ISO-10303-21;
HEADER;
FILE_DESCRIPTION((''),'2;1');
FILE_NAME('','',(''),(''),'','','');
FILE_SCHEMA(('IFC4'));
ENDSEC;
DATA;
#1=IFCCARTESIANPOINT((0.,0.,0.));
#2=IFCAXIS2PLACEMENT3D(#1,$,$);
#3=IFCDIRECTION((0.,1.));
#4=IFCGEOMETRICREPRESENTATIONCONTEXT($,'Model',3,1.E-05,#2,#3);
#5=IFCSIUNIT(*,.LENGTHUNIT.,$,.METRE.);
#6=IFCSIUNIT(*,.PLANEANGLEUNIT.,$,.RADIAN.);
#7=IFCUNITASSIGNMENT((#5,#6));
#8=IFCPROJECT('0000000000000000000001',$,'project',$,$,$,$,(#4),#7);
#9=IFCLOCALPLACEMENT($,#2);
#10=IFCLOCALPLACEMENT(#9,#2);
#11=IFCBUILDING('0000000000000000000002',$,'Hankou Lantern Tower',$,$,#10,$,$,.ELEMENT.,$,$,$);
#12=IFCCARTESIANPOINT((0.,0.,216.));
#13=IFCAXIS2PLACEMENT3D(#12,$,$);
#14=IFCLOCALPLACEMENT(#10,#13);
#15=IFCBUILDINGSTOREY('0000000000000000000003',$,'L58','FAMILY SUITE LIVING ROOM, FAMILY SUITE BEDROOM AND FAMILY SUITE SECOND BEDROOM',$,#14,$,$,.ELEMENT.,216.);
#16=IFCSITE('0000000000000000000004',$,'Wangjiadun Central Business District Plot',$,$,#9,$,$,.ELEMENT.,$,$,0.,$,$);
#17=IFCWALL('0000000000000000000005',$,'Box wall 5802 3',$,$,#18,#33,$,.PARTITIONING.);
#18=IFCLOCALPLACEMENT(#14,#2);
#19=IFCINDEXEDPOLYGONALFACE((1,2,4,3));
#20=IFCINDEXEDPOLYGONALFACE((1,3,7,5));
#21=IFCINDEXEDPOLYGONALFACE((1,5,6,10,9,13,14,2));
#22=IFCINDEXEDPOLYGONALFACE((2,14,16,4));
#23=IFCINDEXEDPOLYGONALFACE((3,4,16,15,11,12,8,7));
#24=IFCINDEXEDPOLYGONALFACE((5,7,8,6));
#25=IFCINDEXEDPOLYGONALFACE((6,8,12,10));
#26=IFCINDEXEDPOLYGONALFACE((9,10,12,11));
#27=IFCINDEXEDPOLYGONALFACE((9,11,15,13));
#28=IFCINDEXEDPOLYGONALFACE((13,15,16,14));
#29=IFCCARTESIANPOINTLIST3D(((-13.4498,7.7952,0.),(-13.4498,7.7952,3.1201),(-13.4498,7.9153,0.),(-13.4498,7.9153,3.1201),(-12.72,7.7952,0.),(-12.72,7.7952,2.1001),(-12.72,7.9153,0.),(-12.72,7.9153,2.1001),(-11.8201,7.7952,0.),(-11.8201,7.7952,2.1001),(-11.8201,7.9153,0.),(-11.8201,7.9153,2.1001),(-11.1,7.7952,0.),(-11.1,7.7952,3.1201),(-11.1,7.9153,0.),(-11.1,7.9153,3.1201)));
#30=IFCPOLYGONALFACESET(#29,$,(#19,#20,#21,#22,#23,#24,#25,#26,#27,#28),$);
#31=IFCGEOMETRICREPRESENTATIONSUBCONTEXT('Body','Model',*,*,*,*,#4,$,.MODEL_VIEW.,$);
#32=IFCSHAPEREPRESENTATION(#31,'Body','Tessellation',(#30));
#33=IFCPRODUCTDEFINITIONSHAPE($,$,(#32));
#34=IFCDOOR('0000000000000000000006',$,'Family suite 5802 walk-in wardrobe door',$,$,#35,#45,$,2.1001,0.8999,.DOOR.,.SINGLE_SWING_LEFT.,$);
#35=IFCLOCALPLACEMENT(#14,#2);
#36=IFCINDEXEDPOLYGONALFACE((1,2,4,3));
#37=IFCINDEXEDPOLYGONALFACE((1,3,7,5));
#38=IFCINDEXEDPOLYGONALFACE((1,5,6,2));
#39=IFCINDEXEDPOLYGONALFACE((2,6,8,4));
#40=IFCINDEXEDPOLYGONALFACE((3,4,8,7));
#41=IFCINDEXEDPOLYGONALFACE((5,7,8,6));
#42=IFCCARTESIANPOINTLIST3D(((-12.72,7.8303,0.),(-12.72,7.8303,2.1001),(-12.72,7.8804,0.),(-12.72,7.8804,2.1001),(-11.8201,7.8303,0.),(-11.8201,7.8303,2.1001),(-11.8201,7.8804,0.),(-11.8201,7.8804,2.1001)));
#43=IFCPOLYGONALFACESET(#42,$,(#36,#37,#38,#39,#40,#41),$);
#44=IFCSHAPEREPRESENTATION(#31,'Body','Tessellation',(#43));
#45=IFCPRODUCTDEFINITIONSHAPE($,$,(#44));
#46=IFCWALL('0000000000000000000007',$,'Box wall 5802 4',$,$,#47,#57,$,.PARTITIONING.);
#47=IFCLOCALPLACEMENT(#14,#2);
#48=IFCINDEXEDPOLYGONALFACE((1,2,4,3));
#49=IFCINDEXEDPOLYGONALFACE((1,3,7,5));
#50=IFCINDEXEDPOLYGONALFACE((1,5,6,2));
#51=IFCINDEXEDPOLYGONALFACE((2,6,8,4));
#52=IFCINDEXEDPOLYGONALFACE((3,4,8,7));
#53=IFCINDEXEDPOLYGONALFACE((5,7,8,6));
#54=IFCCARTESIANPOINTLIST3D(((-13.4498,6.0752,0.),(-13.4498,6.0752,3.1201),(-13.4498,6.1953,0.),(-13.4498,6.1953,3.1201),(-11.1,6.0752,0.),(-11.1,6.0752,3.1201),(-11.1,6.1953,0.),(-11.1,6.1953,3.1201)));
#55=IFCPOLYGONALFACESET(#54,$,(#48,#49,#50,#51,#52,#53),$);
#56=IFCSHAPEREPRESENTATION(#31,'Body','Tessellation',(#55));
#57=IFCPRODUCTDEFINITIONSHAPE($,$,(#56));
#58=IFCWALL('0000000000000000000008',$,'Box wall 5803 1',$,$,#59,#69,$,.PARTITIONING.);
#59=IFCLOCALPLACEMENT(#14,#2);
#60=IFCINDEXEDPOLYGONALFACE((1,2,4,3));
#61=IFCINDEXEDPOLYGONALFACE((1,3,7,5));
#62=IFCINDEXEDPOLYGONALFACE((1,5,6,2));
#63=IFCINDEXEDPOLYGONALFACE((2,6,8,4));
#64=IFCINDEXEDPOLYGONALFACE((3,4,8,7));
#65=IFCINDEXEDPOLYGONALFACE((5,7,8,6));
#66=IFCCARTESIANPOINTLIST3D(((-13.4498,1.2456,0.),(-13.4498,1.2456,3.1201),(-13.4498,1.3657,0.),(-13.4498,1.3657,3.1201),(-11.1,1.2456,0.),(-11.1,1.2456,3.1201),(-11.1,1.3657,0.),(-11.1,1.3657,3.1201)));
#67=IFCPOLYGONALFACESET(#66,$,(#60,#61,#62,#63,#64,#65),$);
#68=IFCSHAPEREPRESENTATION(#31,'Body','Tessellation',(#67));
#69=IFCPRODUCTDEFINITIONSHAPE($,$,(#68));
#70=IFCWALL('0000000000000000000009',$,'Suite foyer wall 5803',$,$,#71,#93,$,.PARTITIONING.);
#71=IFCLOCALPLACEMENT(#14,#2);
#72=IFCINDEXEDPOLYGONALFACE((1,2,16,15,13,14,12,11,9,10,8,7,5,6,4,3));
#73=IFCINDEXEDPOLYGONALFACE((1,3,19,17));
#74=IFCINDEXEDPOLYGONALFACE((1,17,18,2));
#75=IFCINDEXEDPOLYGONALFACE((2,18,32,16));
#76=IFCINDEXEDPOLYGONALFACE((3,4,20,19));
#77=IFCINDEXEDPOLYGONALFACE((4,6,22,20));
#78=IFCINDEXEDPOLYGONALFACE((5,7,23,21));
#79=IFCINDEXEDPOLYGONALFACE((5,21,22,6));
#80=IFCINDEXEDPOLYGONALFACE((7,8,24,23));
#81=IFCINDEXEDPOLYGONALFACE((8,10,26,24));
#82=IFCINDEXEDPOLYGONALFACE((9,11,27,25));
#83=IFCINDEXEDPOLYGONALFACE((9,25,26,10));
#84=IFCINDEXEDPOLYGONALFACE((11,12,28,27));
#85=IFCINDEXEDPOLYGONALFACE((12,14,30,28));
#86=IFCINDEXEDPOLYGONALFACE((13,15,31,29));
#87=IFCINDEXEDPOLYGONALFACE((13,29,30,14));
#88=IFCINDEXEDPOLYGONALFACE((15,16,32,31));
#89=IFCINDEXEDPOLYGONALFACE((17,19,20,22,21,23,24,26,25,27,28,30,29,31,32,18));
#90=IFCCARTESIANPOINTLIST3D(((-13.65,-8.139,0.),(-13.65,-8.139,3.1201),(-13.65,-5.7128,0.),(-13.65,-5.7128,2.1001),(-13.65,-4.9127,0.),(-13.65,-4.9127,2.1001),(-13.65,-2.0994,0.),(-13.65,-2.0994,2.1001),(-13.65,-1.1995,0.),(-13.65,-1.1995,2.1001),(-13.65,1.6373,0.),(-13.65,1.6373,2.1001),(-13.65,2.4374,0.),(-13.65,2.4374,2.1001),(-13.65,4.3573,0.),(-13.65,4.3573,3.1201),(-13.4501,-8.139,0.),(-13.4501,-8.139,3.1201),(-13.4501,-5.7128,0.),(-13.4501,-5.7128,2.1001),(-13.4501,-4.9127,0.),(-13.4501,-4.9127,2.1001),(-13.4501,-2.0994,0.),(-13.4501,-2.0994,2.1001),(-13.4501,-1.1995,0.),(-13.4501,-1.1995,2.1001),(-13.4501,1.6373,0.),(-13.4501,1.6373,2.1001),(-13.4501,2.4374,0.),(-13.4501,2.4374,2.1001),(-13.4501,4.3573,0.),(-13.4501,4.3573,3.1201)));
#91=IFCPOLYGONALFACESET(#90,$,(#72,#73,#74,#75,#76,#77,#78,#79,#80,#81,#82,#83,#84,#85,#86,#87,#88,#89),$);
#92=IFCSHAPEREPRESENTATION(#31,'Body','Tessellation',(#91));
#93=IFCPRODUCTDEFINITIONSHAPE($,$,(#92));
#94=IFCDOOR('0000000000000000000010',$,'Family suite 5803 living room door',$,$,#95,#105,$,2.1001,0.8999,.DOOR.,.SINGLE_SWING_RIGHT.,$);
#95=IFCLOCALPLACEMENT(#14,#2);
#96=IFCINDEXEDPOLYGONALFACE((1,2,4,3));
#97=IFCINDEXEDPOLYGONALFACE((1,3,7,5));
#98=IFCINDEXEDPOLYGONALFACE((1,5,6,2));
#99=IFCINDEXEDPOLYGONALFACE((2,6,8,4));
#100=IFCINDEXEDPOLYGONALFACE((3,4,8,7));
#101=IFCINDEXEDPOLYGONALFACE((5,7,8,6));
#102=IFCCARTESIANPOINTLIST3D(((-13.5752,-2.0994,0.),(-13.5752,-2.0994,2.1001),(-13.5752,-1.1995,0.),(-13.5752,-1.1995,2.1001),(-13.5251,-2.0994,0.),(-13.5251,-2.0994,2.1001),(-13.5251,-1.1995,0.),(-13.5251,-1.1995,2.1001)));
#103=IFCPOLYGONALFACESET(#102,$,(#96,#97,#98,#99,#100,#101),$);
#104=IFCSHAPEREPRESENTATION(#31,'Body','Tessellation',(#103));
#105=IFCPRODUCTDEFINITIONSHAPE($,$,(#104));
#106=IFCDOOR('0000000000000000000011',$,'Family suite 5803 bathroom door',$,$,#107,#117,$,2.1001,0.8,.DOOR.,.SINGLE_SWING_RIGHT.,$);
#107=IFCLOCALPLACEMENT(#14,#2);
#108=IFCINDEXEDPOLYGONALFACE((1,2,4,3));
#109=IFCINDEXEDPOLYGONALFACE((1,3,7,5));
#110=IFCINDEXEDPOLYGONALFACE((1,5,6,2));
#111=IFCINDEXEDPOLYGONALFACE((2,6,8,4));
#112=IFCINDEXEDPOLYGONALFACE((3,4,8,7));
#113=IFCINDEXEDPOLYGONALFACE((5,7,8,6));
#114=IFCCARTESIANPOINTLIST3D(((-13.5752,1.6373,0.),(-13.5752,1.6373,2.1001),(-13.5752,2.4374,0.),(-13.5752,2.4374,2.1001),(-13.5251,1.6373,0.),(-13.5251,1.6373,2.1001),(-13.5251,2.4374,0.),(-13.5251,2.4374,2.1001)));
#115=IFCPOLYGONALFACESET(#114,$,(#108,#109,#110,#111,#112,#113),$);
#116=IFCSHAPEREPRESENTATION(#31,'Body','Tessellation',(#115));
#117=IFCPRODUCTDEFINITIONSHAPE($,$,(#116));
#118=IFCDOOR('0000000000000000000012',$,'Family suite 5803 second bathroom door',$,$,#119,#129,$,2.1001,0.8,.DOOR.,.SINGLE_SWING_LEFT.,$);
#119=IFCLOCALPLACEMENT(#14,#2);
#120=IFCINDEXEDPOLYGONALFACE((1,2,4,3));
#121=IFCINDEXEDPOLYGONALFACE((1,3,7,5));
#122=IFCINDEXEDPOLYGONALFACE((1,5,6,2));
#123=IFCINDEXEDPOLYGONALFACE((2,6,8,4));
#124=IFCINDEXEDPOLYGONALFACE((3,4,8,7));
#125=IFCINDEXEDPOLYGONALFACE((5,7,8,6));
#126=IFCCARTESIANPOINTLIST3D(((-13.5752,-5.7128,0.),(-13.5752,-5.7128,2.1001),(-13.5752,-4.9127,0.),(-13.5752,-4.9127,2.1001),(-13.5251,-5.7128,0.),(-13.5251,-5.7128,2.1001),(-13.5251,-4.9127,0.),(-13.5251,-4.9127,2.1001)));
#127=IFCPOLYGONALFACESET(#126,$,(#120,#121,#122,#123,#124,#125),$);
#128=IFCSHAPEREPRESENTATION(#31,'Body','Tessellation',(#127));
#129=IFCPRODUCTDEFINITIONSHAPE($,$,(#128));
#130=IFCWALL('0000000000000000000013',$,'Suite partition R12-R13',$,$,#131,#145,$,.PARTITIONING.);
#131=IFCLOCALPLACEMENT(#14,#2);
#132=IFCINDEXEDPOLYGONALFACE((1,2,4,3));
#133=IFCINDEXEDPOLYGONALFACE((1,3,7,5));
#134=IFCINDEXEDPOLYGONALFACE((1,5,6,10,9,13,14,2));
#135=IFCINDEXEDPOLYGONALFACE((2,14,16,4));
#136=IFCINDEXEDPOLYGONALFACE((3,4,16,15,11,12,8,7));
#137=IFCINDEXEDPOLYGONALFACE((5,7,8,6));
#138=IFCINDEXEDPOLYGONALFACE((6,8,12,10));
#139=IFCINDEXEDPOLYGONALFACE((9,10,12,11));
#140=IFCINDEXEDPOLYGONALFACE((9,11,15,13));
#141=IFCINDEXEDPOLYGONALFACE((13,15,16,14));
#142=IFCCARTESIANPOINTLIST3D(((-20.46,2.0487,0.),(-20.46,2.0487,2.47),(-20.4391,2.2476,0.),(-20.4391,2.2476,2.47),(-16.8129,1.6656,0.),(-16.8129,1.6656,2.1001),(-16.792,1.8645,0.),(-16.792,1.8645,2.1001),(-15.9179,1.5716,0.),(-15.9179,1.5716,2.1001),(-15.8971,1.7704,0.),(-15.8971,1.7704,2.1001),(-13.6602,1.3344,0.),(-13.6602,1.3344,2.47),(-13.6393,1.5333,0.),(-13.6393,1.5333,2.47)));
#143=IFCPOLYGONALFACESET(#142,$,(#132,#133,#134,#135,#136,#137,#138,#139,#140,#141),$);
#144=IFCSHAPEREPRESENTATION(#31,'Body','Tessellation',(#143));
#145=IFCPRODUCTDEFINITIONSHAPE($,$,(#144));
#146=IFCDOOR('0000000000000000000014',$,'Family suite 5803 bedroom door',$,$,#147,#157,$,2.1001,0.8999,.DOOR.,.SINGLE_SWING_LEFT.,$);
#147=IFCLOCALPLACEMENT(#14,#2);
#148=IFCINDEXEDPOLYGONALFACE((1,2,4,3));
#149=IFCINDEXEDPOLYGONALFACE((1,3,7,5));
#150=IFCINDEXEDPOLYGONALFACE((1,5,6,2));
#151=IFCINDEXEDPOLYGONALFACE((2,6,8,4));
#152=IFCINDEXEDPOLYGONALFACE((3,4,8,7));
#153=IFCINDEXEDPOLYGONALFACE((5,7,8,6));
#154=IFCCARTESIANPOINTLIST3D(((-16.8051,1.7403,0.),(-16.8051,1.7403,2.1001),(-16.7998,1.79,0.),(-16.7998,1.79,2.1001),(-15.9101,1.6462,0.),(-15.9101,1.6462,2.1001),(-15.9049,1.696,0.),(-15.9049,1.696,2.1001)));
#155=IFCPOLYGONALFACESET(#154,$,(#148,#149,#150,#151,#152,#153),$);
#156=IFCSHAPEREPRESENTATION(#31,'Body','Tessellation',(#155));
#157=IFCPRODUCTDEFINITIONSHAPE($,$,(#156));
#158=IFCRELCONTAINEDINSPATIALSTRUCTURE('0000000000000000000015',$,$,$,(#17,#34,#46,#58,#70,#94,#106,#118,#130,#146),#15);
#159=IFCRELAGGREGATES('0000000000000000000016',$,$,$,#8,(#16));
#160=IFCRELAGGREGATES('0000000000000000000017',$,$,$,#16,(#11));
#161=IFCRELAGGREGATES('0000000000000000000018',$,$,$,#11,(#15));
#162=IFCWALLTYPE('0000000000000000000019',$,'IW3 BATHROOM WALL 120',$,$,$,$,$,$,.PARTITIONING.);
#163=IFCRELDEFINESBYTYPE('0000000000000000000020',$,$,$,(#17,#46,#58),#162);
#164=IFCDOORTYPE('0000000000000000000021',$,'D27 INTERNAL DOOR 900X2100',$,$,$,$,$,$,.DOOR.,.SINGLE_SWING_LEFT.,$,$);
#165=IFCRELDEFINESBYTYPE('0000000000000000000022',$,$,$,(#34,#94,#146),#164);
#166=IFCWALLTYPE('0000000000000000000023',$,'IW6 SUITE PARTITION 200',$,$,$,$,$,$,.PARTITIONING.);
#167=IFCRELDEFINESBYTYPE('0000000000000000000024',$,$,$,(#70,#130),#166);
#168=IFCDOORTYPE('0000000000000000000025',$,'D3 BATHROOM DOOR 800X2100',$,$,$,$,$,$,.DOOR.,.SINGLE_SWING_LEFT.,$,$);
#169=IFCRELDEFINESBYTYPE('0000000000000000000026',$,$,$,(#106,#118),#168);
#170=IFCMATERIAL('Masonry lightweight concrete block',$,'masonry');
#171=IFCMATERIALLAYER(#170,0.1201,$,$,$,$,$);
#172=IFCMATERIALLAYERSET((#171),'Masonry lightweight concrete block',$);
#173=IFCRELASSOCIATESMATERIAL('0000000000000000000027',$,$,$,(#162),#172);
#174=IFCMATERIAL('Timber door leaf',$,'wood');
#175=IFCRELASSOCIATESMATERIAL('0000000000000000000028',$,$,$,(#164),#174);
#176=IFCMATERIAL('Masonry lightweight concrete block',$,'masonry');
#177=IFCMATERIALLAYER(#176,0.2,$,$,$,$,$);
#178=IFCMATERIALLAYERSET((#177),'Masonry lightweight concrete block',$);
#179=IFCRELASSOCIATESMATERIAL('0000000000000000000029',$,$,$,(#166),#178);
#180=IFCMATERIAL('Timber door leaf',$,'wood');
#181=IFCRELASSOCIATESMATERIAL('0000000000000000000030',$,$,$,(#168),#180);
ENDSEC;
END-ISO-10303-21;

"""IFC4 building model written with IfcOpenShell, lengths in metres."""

from ifc_helpers import new_model, si_unit, direction, frame, frame_2d, origin, place, context, subcontext, project, spatial, rectangle, extrude, material, layer, layer_set, type_object, element, fill, save


model = new_model("IFC4")

# Units and contexts
model_context = context("Model", 3, precision=1e-05, world=origin(), true_north=direction((0.0, 1.0)))
body_context = subcontext(model_context, "Body", "Model", "MODEL_VIEW")
ifc_project = project(units=[si_unit("LENGTHUNIT", "METRE"), si_unit("PLANEANGLEUNIT", "RADIAN")], contexts=[model_context])

# Site, building, storey
site_placement = place(None, origin())
site = spatial("IfcSite", under=ifc_project, at=site_placement, Name="Wangjiadun Central Business District Plot", CompositionType="ELEMENT", RefElevation=0.0)
building_placement = place(site_placement, origin())
building = spatial("IfcBuilding", under=site, at=building_placement, Name="Hankou Lantern Tower", CompositionType="ELEMENT")
storey_placement = place(building_placement, frame((0.0, 0.0, 216.0)))
storey = spatial("IfcBuildingStorey", under=building, at=storey_placement, Name="L58", Description="FAMILY SUITE LIVING ROOM, FAMILY SUITE BEDROOM AND FAMILY SUITE SECOND BEDROOM", CompositionType="ELEMENT", Elevation=216.0)

# Wall, opening, door
ifc_material_1 = material(Name="Masonry lightweight concrete block", Category="masonry")
ifc_layer_1 = layer(ifc_material_1, 0.1201)
ifc_layer_set_1 = layer_set([ifc_layer_1], Name="Masonry lightweight concrete block")
wall_type_1 = type_object("IfcWallType", Name="IW3 BATHROOM WALL 120", PredefinedType="PARTITIONING", material=ifc_layer_set_1)
wall_1_placement = place(storey_placement, frame((-11.1001, 7.8552, 0.0), z_axis=(0.0, 0.0, 1.0), x_axis=(-1.0, 0.0, 0.0)))
wall_1 = element("IfcWall", 1, at=wall_1_placement, inside=storey, type_object=wall_type_1, Name="Box wall 5802 3", PredefinedType="PARTITIONING", context=body_context, shape_type="SweptSolid", body=[
    extrude(rectangle(XDim=2.3499, YDim=0.1201, at=frame_2d((1.1748, 0.0))), origin(), (0.0, 0.0, 1.0), 3.1201),
])
opening_1_placement = place(wall_1_placement, frame((0.72, 0.0, 0.0)))
opening_1 = element("IfcOpeningElement", 2, at=opening_1_placement, cuts=wall_1, PredefinedType="OPENING", context=body_context, shape_type="SweptSolid", body=[
    extrude(rectangle(XDim=0.8999, YDim=2.1001, at=frame_2d((0.45, 1.05))), frame((0.0, 0.0701, 0.0), z_axis=(0.0, -1.0, 0.0), x_axis=(1.0, 0.0, 0.0)), (0.0, 0.0, 1.0), 0.1401),
])
ifc_material_2 = material(Name="Timber door leaf", Category="wood")
door_type_1 = type_object("IfcDoorType", Name="D27 INTERNAL DOOR 900X2100", OperationType="SINGLE_SWING_LEFT", PredefinedType="DOOR", material=ifc_material_2)
door_1_placement = place(opening_1_placement, origin())
door_1 = element("IfcDoor", 3, at=door_1_placement, inside=storey, type_object=door_type_1, Name="Family suite 5802 walk-in wardrobe door", OperationType="SINGLE_SWING_LEFT", OverallHeight=2.1001, OverallWidth=0.8999, PredefinedType="DOOR", context=body_context, shape_type="SweptSolid", body=[
    extrude(rectangle(XDim=0.8999, YDim=2.1001, at=frame_2d((0.45, 1.05))), frame((0.0, 0.0249, 0.0), z_axis=(0.0, -1.0, 0.0), x_axis=(1.0, 0.0, 0.0)), (0.0, 0.0, 1.0), 0.05),
])
fill(opening_1, door_1)

# Walls
for number, where, z_axis, x_axis, name in (
    (4, (-11.1001, 6.1353, 0.0), (0.0, 0.0, 1.0), (-1.0, 0.0, 0.0), "Box wall 5802 4"),
    (5, (-11.1001, 1.3057, 0.0), (0.0, 0.0, 1.0), (-1.0, 0.0, 0.0), "Box wall 5803 1"),
):
    element("IfcWall", number, at=place(storey_placement, frame(where, z_axis=z_axis, x_axis=x_axis)), inside=storey, type_object=wall_type_1, Name=name, PredefinedType="PARTITIONING", context=body_context, shape_type="SweptSolid", body=[
        extrude(rectangle(XDim=2.3499, YDim=0.1201, at=frame_2d((1.1748, 0.0))), origin(), (0.0, 0.0, 1.0), 3.1201),
    ])

# Wall, openings, doors
ifc_material_3 = material(Name="Masonry lightweight concrete block", Category="masonry")
ifc_layer_2 = layer(ifc_material_3, 0.2)
ifc_layer_set_2 = layer_set([ifc_layer_2], Name="Masonry lightweight concrete block")
wall_type_2 = type_object("IfcWallType", Name="IW6 SUITE PARTITION 200", PredefinedType="PARTITIONING", material=ifc_layer_set_2)
wall_2_placement = place(storey_placement, frame((-13.55, 4.3572, 0.0), z_axis=(0.0, 0.0, 1.0), x_axis=(0.0, -1.0, 0.0)))
wall_2 = element("IfcWall", 6, at=wall_2_placement, inside=storey, type_object=wall_type_2, Name="Suite foyer wall 5803", PredefinedType="PARTITIONING", context=body_context, shape_type="SweptSolid", body=[
    extrude(rectangle(XDim=12.4963, YDim=0.2, at=frame_2d((6.248, 0.0))), origin(), (0.0, 0.0, 1.0), 3.1201),
])
opening_2_placement = place(wall_2_placement, frame((1.9199, 0.0, 0.0)))
opening_2 = element("IfcOpeningElement", 7, at=opening_2_placement, cuts=wall_2, PredefinedType="OPENING", context=body_context, shape_type="SweptSolid", body=[
    extrude(rectangle(XDim=0.8, YDim=2.1001, at=frame_2d((0.3999, 1.05))), frame((0.0, 0.1099, 0.0), z_axis=(0.0, -1.0, 0.0), x_axis=(1.0, 0.0, 0.0)), (0.0, 0.0, 1.0), 0.22),
])
opening_3_placement = place(wall_2_placement, frame((9.27, 0.0, 0.0)))
opening_3 = element("IfcOpeningElement", 8, at=opening_3_placement, cuts=wall_2, PredefinedType="OPENING", context=body_context, shape_type="SweptSolid", body=[
    extrude(rectangle(XDim=0.8, YDim=2.1001, at=frame_2d((0.3999, 1.05))), frame((0.0, 0.1099, 0.0), z_axis=(0.0, -1.0, 0.0), x_axis=(1.0, 0.0, 0.0)), (0.0, 0.0, 1.0), 0.22),
])
opening_4_placement = place(wall_2_placement, frame((5.5566, 0.0, 0.0)))
opening_4 = element("IfcOpeningElement", 9, at=opening_4_placement, cuts=wall_2, PredefinedType="OPENING", context=body_context, shape_type="SweptSolid", body=[
    extrude(rectangle(XDim=0.8999, YDim=2.1001, at=frame_2d((0.45, 1.05))), frame((0.0, 0.1099, 0.0), z_axis=(0.0, -1.0, 0.0), x_axis=(1.0, 0.0, 0.0)), (0.0, 0.0, 1.0), 0.22),
])
door_2_placement = place(opening_4_placement, origin())
door_2 = element("IfcDoor", 10, at=door_2_placement, inside=storey, type_object=door_type_1, Name="Family suite 5803 living room door", OperationType="SINGLE_SWING_RIGHT", OverallHeight=2.1001, OverallWidth=0.8999, PredefinedType="DOOR", context=body_context, shape_type="SweptSolid", body=[
    extrude(rectangle(XDim=0.8999, YDim=2.1001, at=frame_2d((0.45, 1.05))), frame((0.0, 0.0249, 0.0), z_axis=(0.0, -1.0, 0.0), x_axis=(1.0, 0.0, 0.0)), (0.0, 0.0, 1.0), 0.05),
])
fill(opening_4, door_2)
ifc_material_4 = material(Name="Timber door leaf", Category="wood")
door_type_2 = type_object("IfcDoorType", Name="D3 BATHROOM DOOR 800X2100", OperationType="SINGLE_SWING_LEFT", PredefinedType="DOOR", material=ifc_material_4)
door_3_placement = place(opening_2_placement, origin())
door_3 = element("IfcDoor", 11, at=door_3_placement, inside=storey, type_object=door_type_2, Name="Family suite 5803 bathroom door", OperationType="SINGLE_SWING_RIGHT", OverallHeight=2.1001, OverallWidth=0.8, PredefinedType="DOOR", context=body_context, shape_type="SweptSolid", body=[
    extrude(rectangle(XDim=0.8, YDim=2.1001, at=frame_2d((0.3999, 1.05))), frame((0.0, 0.0249, 0.0), z_axis=(0.0, -1.0, 0.0), x_axis=(1.0, 0.0, 0.0)), (0.0, 0.0, 1.0), 0.05),
])
fill(opening_2, door_3)
door_4_placement = place(opening_3_placement, origin())
door_4 = element("IfcDoor", 12, at=door_4_placement, inside=storey, type_object=door_type_2, Name="Family suite 5803 second bathroom door", OperationType="SINGLE_SWING_LEFT", OverallHeight=2.1001, OverallWidth=0.8, PredefinedType="DOOR", context=body_context, shape_type="SweptSolid", body=[
    extrude(rectangle(XDim=0.8, YDim=2.1001, at=frame_2d((0.3999, 1.05))), frame((0.0, 0.0249, 0.0), z_axis=(0.0, -1.0, 0.0), x_axis=(1.0, 0.0, 0.0)), (0.0, 0.0, 1.0), 0.05),
])
fill(opening_3, door_4)

# Wall, opening, door
wall_3_placement = place(storey_placement, frame((-13.6499, 1.4338, 0.0), z_axis=(0.0, 0.0, 1.0), x_axis=(-0.994527, 0.10448, 0.0)))
wall_3 = element("IfcWall", 13, at=wall_3_placement, inside=storey, type_object=wall_type_2, Name="Suite partition R12-R13", PredefinedType="PARTITIONING", context=body_context, shape_type="SweptSolid", body=[
    extrude(rectangle(XDim=6.8372, YDim=0.2, at=frame_2d((3.4185, 0.0))), origin(), (0.0, 0.0, 1.0), 2.47),
])
opening_5_placement = place(wall_3_placement, frame((2.27, 0.0, 0.0)))
opening_5 = element("IfcOpeningElement", 14, at=opening_5_placement, cuts=wall_3, PredefinedType="OPENING", context=body_context, shape_type="SweptSolid", body=[
    extrude(rectangle(XDim=0.8999, YDim=2.1001, at=frame_2d((0.45, 1.05))), frame((0.0, 0.1099, 0.0), z_axis=(0.0, -1.0, 0.0), x_axis=(1.0, 0.0, 0.0)), (0.0, 0.0, 1.0), 0.22),
])
door_5_placement = place(opening_5_placement, origin())
door_5 = element("IfcDoor", 15, at=door_5_placement, inside=storey, type_object=door_type_1, Name="Family suite 5803 bedroom door", OperationType="SINGLE_SWING_LEFT", OverallHeight=2.1001, OverallWidth=0.8999, PredefinedType="DOOR", context=body_context, shape_type="SweptSolid", body=[
    extrude(rectangle(XDim=0.8999, YDim=2.1001, at=frame_2d((0.45, 1.05))), frame((0.0, 0.0249, 0.0), z_axis=(0.0, -1.0, 0.0), x_axis=(1.0, 0.0, 0.0)), (0.0, 0.0, 1.0), 0.05),
])
fill(opening_5, door_5)

save(model, "model.ifc")
